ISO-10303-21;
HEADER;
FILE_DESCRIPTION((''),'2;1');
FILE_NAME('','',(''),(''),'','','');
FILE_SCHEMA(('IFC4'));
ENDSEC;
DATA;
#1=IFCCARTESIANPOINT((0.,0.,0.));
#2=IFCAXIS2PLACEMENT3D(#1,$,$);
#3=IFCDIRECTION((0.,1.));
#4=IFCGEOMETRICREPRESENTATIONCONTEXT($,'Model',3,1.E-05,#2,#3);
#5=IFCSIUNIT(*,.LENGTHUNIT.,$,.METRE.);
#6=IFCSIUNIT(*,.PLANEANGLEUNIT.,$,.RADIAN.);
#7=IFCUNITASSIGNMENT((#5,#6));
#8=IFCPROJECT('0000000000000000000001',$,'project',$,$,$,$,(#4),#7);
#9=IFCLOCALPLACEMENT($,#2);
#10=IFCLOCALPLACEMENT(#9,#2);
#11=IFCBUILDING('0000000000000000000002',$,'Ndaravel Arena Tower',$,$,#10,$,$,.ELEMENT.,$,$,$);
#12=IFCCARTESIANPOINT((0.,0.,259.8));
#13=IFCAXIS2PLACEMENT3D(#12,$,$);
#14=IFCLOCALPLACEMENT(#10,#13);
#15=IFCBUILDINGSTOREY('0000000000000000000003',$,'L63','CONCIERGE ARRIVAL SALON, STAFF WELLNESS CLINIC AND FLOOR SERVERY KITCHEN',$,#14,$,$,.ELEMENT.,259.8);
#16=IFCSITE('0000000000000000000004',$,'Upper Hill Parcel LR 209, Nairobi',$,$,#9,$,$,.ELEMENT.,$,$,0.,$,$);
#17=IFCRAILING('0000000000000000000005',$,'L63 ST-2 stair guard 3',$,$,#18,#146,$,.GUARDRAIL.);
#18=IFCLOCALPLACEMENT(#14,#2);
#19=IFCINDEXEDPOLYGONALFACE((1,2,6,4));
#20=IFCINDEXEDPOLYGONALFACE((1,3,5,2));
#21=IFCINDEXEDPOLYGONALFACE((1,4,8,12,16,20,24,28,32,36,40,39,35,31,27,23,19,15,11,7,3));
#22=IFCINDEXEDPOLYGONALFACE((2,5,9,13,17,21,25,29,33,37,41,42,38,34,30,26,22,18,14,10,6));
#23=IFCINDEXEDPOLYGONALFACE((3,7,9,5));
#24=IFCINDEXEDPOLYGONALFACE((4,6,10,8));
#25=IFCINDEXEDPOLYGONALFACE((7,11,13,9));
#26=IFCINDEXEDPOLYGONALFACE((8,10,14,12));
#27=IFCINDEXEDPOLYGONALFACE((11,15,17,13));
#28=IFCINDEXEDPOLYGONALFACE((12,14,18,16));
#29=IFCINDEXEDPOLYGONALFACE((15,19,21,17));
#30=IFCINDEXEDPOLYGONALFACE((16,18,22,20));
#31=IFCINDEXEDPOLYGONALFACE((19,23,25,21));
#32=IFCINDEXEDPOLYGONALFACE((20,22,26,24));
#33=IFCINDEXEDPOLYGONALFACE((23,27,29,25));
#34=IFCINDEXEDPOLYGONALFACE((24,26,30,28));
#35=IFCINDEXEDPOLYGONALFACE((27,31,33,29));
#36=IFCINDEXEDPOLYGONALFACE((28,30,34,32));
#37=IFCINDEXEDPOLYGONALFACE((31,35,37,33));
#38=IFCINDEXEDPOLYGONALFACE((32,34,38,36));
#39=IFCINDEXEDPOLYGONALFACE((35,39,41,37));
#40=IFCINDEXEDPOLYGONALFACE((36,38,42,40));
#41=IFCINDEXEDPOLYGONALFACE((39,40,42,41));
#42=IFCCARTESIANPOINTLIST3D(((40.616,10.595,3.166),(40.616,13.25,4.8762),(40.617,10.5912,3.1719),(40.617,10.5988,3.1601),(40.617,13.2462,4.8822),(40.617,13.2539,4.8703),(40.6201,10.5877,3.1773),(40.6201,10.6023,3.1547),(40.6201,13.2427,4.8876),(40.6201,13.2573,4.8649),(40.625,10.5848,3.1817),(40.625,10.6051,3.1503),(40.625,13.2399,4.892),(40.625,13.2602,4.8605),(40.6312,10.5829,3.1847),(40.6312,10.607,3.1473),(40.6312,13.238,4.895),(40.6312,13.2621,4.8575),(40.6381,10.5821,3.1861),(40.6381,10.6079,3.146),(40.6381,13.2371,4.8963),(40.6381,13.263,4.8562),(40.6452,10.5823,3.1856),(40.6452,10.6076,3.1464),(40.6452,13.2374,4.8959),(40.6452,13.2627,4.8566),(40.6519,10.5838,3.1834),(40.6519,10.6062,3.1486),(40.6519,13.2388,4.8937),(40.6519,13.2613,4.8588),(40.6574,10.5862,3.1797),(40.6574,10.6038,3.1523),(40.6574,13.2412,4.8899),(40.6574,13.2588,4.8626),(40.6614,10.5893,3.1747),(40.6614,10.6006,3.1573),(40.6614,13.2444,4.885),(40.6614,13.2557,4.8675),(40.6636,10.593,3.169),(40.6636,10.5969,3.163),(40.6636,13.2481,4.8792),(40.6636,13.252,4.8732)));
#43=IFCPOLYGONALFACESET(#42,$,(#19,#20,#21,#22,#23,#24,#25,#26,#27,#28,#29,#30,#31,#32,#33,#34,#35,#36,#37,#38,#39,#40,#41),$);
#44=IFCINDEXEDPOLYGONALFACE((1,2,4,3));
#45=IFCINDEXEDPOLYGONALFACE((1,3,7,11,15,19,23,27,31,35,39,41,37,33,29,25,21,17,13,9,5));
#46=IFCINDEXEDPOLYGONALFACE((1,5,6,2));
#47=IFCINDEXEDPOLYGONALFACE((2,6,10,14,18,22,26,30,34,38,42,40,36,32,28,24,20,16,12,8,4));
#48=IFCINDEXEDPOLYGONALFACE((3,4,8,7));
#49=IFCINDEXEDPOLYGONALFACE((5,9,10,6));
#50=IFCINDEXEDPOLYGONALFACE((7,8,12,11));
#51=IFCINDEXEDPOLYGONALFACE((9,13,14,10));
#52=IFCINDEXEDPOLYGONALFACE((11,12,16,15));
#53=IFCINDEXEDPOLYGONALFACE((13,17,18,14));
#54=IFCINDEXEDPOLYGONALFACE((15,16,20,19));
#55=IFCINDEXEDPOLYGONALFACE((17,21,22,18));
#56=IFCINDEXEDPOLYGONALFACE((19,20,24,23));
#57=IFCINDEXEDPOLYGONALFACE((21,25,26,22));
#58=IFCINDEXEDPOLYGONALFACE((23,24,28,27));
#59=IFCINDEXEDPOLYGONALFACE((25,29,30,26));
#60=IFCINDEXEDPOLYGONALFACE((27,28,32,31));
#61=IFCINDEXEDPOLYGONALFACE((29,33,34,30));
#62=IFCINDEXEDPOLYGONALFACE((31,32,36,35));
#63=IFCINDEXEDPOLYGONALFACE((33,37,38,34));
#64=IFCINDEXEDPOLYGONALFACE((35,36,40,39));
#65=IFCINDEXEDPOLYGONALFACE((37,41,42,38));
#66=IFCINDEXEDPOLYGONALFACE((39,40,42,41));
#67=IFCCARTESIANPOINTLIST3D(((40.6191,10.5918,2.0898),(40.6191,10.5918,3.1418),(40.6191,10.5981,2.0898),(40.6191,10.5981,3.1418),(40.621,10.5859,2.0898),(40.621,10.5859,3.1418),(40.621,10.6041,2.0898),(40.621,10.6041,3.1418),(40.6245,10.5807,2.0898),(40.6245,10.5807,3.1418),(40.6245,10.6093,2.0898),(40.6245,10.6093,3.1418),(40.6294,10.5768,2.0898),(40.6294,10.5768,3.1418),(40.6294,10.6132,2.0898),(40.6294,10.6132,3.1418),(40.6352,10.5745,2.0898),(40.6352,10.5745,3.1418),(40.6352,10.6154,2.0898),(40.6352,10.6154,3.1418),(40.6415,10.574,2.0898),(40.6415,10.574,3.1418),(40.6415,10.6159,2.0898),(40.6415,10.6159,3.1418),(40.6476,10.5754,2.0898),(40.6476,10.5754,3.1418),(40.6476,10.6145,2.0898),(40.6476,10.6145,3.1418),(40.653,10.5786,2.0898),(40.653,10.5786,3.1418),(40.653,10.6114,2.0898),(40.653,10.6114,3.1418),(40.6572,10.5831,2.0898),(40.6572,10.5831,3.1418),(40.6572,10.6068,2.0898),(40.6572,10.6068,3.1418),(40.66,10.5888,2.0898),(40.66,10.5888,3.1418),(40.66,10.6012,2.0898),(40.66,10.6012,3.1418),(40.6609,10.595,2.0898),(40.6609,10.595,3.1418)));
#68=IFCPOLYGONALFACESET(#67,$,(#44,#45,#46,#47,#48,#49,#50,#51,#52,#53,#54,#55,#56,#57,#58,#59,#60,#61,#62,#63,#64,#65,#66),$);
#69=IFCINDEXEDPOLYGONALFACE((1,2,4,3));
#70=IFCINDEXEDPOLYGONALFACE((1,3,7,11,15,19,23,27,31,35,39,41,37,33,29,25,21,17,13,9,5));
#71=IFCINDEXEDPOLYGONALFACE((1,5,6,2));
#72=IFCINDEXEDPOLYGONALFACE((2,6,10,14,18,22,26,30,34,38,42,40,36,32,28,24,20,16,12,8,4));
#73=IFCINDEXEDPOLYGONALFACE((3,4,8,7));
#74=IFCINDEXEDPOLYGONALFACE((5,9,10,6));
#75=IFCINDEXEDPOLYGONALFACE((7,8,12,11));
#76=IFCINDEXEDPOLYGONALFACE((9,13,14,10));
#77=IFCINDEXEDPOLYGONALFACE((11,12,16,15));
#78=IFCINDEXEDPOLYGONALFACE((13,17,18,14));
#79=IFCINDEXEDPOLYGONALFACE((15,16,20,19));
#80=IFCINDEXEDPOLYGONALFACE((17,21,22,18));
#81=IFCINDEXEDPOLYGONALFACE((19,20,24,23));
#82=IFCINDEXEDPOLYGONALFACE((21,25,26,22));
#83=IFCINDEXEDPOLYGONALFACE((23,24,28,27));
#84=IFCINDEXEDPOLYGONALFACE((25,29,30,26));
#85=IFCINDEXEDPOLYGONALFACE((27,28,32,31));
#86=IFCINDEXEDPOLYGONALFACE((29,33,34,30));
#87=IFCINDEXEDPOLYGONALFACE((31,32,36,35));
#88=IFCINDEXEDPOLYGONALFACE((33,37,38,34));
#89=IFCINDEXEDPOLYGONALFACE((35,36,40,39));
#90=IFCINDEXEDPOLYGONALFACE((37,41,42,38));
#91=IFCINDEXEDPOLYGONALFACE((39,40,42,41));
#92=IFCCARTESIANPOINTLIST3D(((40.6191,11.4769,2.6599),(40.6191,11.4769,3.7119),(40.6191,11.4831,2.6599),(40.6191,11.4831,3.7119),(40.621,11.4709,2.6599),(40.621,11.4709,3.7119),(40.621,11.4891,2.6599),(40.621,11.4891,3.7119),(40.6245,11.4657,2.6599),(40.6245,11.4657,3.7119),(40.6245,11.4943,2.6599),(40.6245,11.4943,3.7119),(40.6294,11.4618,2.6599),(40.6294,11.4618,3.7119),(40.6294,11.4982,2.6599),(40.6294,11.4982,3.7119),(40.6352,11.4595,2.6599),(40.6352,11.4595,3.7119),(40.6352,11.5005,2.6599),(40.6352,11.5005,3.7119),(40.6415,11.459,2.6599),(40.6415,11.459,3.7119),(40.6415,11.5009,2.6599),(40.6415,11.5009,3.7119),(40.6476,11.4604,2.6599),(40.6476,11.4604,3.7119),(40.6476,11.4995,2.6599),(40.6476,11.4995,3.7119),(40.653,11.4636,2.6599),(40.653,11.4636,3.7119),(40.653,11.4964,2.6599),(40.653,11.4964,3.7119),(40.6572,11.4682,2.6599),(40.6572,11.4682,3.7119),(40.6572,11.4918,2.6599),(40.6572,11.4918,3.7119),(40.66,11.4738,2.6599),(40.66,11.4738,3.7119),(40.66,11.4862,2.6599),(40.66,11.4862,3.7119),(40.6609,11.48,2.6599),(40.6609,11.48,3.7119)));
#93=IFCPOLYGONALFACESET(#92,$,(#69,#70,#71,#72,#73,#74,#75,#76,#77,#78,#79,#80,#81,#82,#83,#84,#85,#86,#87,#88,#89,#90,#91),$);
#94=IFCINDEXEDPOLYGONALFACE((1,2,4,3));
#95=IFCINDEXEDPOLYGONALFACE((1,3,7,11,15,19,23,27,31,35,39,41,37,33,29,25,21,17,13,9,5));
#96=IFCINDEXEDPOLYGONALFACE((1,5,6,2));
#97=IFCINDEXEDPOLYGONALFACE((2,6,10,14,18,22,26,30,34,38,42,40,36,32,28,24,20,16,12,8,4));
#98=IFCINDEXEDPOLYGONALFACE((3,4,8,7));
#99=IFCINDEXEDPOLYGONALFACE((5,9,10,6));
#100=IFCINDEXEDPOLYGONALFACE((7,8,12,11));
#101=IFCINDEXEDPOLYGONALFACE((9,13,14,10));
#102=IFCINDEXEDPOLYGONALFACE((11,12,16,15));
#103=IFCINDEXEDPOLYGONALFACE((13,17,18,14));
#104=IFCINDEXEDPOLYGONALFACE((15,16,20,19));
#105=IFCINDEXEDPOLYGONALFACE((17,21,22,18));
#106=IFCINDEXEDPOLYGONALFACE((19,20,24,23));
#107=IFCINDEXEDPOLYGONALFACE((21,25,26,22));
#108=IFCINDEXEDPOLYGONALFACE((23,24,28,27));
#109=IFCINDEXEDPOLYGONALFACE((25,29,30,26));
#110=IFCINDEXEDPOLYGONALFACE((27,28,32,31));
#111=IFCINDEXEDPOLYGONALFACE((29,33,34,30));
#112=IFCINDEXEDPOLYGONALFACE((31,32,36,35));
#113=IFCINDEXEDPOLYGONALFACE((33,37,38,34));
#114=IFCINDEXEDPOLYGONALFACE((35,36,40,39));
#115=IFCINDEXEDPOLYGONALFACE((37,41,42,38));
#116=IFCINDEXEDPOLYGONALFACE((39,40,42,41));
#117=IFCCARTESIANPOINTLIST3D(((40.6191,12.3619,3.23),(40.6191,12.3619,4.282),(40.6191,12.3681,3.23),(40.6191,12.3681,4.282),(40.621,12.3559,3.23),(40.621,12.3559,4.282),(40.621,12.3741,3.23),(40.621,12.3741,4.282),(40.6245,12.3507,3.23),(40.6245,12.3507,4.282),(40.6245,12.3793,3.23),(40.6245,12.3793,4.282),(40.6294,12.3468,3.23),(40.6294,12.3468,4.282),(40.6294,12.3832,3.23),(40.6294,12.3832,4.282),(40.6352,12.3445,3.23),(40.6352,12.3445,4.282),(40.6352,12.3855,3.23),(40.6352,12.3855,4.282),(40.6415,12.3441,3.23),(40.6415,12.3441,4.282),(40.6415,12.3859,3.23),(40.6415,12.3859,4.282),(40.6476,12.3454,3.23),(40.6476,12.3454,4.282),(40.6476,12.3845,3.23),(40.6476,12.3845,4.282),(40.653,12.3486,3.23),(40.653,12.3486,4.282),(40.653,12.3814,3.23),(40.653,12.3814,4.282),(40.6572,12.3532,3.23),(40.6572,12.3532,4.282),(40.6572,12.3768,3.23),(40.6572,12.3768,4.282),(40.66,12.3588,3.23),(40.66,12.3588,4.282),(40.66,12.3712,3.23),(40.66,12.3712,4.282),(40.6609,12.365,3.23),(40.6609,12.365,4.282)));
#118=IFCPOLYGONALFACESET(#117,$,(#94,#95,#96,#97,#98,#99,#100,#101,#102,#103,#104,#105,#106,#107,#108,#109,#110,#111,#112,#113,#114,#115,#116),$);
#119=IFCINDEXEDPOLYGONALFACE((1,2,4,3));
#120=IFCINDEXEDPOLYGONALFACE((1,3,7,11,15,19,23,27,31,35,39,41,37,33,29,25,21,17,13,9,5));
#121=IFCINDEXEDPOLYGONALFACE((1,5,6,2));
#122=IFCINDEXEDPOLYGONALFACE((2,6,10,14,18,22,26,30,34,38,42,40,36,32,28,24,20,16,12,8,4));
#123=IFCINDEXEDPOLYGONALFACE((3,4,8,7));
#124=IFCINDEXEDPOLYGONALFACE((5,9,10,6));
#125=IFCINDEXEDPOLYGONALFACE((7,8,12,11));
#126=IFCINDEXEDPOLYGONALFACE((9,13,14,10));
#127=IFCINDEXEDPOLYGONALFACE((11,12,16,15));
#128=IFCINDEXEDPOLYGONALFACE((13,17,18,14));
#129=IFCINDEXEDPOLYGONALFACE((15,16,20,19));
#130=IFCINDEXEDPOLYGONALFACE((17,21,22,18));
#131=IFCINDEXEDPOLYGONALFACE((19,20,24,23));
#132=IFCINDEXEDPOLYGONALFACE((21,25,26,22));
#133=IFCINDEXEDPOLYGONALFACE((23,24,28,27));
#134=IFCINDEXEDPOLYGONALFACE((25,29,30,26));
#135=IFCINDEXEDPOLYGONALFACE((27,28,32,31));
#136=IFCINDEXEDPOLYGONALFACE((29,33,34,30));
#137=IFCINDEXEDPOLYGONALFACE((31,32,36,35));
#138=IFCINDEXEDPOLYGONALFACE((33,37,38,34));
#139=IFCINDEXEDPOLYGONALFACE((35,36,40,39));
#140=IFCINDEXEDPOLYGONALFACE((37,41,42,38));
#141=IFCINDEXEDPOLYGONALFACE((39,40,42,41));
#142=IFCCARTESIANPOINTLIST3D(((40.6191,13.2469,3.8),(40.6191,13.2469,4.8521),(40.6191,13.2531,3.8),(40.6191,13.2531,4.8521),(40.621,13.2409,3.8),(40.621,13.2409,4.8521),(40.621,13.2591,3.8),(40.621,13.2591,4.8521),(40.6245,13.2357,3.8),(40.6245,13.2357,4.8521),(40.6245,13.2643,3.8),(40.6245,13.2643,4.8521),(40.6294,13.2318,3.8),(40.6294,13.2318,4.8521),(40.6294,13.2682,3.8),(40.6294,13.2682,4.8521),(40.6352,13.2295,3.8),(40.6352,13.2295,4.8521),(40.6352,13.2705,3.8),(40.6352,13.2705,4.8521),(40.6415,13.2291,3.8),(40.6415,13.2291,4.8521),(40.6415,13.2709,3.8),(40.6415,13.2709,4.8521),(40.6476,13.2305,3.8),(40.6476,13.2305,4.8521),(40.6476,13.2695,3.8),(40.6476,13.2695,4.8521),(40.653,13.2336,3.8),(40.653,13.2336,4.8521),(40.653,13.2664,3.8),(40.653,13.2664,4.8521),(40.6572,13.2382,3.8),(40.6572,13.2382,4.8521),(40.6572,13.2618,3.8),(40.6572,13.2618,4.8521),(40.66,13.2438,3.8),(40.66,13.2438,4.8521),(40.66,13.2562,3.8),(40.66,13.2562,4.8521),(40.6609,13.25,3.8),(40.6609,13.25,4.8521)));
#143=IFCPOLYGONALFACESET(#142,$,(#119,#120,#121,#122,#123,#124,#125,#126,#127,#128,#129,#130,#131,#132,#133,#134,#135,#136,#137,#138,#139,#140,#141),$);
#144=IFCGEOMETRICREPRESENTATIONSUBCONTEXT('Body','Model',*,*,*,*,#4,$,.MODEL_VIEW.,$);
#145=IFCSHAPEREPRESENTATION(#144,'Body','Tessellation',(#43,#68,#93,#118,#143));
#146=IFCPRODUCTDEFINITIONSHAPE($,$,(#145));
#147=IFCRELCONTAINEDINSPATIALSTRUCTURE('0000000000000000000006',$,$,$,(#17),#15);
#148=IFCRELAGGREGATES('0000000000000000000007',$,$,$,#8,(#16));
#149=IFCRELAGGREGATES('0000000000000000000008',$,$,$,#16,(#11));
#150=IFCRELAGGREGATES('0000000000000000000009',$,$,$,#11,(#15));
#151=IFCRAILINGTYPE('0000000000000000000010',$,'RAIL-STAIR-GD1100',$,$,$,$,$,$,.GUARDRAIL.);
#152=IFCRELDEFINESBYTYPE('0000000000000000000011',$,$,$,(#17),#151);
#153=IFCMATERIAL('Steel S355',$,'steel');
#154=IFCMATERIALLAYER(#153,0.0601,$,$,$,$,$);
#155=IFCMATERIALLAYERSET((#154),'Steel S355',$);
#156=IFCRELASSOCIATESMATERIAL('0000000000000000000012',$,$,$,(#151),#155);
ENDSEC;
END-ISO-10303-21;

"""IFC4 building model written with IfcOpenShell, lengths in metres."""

from ifc_helpers import new_model, si_unit, direction, frame, origin, origin_2d, place, context, subcontext, project, spatial, circle, extrude, material, layer, layer_set, type_object, element, save


model = new_model("IFC4")

# Units and contexts
model_context = context("Model", 3, precision=1e-05, world=origin(), true_north=direction((0.0, 1.0)))
body_context = subcontext(model_context, "Body", "Model", "MODEL_VIEW")
ifc_project = project(units=[si_unit("LENGTHUNIT", "METRE"), si_unit("PLANEANGLEUNIT", "RADIAN")], contexts=[model_context])

# Site, building, storey
site_placement = place(None, origin())
site = spatial("IfcSite", under=ifc_project, at=site_placement, Name="Upper Hill Parcel LR 209, Nairobi", CompositionType="ELEMENT", RefElevation=0.0)
building_placement = place(site_placement, origin())
building = spatial("IfcBuilding", under=site, at=building_placement, Name="Ndaravel Arena Tower", CompositionType="ELEMENT")
storey_placement = place(building_placement, frame((0.0, 0.0, 259.8)))
storey = spatial("IfcBuildingStorey", under=building, at=storey_placement, Name="L63", Description="CONCIERGE ARRIVAL SALON, STAFF WELLNESS CLINIC AND FLOOR SERVERY KITCHEN", CompositionType="ELEMENT", Elevation=259.8)

# Railing
ifc_material_1 = material(Name="Steel S355", Category="steel")
ifc_layer_1 = layer(ifc_material_1, 0.0601)
ifc_layer_set_1 = layer_set([ifc_layer_1], Name="Steel S355")
railing_type_1 = type_object("IfcRailingType", Name="RAIL-STAIR-GD1100", PredefinedType="GUARDRAIL", material=ifc_layer_set_1)
railing_1_placement = place(storey_placement, frame((40.6399, 10.595, 2.0898)))
element("IfcRailing", 1, at=railing_1_placement, inside=storey, type_object=railing_type_1, Name="L63 ST-2 stair guard 3", PredefinedType="GUARDRAIL", context=body_context, shape_type="SweptSolid", body=[
    extrude(circle(Radius=0.0239, at=origin_2d()), frame((0.0, 0.0, 1.0762), z_axis=(0.0, 0.840688, 0.541519), x_axis=(-1.0, 0.0, 0.0)), (0.0, 0.0, 1.0), 3.1582),
    extrude(circle(Radius=0.021, at=origin_2d()), origin(), (0.0, 0.0, 1.0), 1.052),
    extrude(circle(Radius=0.021, at=origin_2d()), frame((0.0, 0.885, 0.5701)), (0.0, 0.0, 1.0), 1.052),
    extrude(circle(Radius=0.021, at=origin_2d()), frame((0.0, 1.77, 1.1401)), (0.0, 0.0, 1.0), 1.052),
    extrude(circle(Radius=0.021, at=origin_2d()), frame((0.0, 2.655, 1.7102)), (0.0, 0.0, 1.0), 1.052),
])

save(model, "model.ifc")
